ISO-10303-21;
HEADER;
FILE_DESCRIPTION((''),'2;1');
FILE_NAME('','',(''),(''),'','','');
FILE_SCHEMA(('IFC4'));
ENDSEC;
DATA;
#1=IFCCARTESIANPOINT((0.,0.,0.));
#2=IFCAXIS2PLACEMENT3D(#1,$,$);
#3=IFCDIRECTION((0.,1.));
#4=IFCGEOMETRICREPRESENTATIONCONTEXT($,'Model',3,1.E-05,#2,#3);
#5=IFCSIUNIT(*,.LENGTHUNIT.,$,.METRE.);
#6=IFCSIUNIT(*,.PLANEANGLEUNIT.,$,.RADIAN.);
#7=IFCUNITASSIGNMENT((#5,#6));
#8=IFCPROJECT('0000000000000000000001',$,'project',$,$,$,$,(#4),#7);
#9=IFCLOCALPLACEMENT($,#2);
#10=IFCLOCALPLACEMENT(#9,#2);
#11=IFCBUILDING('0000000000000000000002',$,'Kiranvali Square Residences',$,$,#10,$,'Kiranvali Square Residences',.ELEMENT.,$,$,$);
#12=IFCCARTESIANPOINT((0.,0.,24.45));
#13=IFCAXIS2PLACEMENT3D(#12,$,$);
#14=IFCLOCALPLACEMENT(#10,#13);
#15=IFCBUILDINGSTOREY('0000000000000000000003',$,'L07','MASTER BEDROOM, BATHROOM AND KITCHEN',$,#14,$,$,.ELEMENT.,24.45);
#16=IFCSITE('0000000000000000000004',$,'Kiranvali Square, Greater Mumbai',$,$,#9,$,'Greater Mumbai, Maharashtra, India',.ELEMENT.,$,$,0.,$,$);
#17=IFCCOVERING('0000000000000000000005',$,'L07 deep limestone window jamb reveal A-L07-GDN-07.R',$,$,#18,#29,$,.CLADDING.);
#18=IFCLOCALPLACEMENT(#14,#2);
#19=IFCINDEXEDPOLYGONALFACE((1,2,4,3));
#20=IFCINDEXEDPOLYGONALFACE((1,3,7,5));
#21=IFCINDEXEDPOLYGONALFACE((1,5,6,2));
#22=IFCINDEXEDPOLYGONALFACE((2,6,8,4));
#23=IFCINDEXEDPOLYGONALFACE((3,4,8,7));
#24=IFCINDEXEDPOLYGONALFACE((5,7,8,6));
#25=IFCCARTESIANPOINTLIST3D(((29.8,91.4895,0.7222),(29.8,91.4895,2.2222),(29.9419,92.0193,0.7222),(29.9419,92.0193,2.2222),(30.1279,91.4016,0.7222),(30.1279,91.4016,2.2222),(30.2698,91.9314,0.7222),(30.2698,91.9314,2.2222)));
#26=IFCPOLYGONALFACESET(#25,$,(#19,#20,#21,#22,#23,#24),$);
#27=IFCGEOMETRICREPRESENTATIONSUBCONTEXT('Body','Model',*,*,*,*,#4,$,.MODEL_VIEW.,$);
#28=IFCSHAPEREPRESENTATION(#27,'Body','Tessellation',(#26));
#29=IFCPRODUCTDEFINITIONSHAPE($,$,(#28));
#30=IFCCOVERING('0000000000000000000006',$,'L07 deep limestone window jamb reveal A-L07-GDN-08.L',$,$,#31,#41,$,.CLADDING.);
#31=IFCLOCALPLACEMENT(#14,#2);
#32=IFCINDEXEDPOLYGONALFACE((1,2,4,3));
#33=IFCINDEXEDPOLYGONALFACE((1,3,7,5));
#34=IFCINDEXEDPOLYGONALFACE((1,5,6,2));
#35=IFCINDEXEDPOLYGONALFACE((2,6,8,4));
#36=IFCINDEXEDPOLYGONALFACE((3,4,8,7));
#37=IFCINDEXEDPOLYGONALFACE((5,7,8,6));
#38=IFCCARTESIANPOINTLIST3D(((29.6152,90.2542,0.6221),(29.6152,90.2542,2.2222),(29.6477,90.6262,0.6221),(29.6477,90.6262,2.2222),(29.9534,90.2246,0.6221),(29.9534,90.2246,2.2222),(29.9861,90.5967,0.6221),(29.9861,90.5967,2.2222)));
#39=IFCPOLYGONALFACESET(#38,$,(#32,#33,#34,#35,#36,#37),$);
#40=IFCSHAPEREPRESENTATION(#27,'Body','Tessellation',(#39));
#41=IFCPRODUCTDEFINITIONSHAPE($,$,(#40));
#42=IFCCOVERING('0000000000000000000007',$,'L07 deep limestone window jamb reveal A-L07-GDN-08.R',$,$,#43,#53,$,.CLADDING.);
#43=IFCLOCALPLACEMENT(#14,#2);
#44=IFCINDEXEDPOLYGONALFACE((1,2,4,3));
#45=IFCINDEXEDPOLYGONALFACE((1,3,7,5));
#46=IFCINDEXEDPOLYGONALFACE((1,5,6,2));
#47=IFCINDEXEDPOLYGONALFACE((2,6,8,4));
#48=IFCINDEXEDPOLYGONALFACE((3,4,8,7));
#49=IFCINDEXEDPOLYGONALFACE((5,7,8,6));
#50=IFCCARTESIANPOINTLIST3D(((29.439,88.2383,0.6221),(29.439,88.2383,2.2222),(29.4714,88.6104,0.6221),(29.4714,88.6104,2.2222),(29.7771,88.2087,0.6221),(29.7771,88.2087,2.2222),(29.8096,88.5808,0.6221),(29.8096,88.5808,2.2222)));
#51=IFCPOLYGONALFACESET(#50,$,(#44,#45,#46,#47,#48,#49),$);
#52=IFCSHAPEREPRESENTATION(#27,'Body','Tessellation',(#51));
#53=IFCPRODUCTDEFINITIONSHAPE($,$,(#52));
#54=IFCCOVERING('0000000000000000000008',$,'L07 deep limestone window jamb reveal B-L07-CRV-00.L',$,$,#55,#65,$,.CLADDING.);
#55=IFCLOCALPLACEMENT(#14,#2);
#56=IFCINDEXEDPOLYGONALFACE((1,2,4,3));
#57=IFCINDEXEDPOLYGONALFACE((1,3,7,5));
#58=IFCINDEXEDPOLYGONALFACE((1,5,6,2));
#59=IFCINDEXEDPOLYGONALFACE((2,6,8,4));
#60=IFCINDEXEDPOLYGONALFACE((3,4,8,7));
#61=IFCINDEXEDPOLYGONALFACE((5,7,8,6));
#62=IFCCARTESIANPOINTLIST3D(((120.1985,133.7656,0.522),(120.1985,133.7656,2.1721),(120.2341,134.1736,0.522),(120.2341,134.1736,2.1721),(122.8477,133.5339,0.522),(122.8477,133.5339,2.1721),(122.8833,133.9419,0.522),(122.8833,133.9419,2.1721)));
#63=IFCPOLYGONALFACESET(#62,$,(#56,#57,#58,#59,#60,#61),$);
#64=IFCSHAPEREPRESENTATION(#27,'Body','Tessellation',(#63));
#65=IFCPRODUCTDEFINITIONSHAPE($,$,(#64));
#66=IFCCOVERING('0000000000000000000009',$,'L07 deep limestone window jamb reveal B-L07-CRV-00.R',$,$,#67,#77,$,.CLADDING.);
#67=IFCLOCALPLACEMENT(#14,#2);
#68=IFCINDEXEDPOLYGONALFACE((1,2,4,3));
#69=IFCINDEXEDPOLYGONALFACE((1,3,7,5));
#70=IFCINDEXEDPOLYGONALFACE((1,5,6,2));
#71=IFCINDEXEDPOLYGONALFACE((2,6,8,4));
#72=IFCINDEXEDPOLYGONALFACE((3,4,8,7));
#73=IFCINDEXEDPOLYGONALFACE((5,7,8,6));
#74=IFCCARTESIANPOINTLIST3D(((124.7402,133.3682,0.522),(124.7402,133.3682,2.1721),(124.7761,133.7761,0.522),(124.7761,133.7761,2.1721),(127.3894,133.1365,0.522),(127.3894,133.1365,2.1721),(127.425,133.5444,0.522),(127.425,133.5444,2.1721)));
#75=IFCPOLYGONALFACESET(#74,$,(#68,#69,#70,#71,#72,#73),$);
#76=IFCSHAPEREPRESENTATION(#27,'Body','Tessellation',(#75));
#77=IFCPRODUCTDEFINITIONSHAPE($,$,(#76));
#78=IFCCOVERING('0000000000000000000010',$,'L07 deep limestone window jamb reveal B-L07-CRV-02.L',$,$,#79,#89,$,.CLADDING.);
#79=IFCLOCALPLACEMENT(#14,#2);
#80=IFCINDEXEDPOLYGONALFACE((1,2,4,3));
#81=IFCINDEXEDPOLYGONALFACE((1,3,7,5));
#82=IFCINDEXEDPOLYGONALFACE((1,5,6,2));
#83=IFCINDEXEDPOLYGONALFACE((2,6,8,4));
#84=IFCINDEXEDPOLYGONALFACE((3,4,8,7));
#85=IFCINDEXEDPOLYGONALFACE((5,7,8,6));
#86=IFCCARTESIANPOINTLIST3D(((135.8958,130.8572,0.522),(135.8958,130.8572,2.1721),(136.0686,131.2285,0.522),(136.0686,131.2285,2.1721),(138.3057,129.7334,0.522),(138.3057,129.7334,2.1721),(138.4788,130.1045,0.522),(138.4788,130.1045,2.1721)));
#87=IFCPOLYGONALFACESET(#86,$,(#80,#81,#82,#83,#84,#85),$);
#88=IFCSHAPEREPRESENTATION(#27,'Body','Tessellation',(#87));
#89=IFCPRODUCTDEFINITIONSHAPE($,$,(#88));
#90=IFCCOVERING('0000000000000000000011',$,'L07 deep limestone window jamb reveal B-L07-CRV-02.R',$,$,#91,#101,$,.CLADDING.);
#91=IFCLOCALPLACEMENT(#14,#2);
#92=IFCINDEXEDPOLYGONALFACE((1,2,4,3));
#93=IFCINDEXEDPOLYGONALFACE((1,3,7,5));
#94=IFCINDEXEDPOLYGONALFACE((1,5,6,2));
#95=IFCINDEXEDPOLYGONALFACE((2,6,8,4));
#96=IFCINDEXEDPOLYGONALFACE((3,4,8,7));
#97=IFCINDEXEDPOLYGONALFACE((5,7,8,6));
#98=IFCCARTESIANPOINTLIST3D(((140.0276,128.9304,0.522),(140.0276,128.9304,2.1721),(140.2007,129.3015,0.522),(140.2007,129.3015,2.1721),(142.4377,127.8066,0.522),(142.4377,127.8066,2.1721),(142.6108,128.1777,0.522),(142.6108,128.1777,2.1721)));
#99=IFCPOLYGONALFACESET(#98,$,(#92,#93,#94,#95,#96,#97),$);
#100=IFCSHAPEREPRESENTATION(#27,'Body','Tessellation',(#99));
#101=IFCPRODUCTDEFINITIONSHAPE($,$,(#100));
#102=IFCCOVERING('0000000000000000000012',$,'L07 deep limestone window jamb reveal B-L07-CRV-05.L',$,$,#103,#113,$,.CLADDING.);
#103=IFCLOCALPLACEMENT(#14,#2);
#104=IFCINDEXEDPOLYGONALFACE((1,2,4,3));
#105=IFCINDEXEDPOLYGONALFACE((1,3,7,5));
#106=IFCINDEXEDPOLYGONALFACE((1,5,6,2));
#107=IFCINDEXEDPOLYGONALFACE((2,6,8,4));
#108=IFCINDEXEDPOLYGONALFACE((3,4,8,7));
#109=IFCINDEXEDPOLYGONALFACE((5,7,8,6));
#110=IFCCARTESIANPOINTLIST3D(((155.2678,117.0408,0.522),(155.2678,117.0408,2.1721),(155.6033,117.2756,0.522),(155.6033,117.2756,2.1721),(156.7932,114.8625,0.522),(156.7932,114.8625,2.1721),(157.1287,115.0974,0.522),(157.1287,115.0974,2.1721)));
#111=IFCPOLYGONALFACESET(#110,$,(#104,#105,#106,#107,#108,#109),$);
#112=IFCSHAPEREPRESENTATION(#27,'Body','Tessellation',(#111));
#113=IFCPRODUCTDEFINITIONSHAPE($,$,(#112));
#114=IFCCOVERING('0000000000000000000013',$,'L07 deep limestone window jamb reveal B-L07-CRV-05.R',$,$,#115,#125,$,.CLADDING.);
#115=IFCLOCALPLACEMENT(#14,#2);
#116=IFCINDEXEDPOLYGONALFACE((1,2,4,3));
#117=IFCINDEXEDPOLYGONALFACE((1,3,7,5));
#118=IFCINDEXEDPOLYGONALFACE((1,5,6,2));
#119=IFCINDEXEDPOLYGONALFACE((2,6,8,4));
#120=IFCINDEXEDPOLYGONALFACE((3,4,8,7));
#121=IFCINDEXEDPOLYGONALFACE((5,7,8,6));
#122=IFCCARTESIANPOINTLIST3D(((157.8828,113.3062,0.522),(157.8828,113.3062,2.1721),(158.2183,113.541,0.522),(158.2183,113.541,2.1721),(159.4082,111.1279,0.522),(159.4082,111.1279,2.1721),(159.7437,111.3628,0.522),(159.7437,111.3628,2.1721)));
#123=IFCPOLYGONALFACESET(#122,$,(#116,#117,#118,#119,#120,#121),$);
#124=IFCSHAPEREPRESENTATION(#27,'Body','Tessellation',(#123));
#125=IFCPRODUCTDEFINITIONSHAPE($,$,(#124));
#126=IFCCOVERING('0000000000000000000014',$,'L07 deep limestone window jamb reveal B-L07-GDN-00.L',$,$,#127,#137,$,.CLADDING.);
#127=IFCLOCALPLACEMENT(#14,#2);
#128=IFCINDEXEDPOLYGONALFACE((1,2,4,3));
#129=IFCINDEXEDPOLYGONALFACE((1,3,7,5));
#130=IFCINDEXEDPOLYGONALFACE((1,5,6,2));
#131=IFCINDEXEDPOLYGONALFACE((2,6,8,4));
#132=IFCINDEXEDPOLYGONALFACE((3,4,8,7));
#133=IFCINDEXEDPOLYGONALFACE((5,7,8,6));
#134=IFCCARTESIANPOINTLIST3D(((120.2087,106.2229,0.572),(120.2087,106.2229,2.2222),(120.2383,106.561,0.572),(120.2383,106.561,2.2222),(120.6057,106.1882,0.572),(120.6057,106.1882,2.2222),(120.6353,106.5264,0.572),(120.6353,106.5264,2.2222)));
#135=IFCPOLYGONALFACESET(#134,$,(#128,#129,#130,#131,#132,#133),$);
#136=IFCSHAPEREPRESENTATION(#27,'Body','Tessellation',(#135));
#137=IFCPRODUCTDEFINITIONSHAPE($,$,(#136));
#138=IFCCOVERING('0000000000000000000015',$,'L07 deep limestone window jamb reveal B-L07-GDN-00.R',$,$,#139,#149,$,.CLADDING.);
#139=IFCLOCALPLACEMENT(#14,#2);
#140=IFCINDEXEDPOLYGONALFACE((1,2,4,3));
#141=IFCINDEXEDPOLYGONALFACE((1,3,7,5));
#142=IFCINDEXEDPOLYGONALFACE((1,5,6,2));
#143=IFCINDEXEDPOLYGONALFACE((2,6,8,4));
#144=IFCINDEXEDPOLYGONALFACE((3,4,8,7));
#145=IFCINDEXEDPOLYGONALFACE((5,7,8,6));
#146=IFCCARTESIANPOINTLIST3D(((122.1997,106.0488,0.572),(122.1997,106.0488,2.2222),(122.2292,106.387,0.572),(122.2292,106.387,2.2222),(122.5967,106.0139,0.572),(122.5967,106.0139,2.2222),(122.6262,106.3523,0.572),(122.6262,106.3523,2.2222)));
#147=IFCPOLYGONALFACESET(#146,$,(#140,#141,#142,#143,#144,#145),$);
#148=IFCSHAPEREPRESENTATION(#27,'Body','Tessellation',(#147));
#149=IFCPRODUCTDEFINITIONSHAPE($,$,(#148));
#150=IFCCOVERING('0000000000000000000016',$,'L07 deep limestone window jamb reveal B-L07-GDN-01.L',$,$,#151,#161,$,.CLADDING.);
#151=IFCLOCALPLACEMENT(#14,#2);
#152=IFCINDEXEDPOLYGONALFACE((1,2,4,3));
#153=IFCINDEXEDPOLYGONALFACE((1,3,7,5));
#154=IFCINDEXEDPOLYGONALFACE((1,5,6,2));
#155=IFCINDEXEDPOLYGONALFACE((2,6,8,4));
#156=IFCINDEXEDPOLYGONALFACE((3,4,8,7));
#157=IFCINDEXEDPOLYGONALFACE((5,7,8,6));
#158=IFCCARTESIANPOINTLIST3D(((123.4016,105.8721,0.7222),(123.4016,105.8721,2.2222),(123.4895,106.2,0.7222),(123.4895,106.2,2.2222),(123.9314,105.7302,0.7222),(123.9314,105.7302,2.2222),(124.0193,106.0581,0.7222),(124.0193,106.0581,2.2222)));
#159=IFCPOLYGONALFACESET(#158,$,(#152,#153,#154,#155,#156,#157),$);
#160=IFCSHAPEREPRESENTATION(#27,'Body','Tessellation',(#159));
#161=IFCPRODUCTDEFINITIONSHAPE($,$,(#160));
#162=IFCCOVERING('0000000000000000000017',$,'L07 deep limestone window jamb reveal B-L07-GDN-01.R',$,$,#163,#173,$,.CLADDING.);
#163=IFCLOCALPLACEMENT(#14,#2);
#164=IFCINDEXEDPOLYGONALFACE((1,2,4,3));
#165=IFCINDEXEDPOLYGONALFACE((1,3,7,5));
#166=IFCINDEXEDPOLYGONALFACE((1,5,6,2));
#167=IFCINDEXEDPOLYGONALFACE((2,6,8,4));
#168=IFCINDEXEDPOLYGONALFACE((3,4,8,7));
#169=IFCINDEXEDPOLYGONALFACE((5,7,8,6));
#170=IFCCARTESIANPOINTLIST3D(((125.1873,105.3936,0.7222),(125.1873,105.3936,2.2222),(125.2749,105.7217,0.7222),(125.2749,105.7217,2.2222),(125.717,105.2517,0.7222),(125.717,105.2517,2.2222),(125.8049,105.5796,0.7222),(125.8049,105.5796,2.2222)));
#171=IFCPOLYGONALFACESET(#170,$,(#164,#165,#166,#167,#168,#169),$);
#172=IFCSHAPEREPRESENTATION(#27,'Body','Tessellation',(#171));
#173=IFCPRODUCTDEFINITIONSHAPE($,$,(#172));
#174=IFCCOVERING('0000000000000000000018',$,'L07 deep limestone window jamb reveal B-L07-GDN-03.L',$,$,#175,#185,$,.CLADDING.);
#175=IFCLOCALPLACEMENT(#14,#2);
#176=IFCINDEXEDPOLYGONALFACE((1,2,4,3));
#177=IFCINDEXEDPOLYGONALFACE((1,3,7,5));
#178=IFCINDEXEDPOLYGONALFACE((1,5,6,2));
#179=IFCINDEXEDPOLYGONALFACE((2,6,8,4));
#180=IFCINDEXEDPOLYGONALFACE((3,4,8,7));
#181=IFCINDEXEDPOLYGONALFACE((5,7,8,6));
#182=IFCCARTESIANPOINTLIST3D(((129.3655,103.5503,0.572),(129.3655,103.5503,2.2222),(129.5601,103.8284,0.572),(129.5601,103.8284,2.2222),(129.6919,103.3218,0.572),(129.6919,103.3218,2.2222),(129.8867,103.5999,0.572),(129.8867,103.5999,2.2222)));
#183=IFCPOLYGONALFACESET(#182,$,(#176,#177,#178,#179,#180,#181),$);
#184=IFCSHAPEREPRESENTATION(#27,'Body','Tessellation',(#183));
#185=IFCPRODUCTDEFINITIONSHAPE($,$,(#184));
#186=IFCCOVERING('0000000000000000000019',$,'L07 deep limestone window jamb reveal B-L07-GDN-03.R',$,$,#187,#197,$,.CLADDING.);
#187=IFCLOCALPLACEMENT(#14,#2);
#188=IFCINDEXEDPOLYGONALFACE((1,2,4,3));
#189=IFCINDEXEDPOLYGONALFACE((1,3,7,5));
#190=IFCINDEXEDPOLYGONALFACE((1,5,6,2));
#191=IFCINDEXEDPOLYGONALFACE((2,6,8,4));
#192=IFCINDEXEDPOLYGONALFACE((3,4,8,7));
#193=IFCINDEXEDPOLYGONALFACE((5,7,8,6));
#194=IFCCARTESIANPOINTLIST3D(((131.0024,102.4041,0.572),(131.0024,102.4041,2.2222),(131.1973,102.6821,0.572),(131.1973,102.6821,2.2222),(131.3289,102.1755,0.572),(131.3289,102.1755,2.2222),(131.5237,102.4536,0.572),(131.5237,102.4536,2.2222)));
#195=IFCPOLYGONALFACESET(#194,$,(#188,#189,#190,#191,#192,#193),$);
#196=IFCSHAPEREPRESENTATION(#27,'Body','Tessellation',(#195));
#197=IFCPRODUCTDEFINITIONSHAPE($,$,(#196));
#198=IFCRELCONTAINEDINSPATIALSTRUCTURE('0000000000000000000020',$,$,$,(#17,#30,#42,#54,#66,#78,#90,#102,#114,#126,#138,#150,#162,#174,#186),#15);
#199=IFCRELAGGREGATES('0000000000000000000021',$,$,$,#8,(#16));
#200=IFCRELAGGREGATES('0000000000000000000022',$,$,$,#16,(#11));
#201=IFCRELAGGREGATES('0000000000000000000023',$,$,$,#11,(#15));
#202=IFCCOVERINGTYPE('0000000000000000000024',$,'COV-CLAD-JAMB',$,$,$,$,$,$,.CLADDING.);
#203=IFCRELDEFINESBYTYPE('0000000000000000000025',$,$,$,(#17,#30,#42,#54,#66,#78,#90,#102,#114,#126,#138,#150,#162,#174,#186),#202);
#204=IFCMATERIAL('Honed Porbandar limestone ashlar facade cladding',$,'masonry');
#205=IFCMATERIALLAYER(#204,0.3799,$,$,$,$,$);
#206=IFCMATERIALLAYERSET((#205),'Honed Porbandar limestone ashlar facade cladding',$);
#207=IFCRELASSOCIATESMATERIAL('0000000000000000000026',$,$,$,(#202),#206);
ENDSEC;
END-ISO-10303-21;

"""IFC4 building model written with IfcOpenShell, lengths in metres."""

from ifc_helpers import new_model, si_unit, direction, frame, origin, place, context, subcontext, project, spatial, polyline, outline, extrude, material, layer, layer_set, type_object, element, save


model = new_model("IFC4")

# Units and contexts
model_context = context("Model", 3, precision=1e-05, world=origin(), true_north=direction((0.0, 1.0)))
body_context = subcontext(model_context, "Body", "Model", "MODEL_VIEW")
ifc_project = project(units=[si_unit("LENGTHUNIT", "METRE"), si_unit("PLANEANGLEUNIT", "RADIAN")], contexts=[model_context])

# Site, building, storey
site_placement = place(None, origin())
site = spatial("IfcSite", under=ifc_project, at=site_placement, Name="Kiranvali Square, Greater Mumbai", LongName="Greater Mumbai, Maharashtra, India", CompositionType="ELEMENT", RefElevation=0.0)
building_placement = place(site_placement, origin())
building = spatial("IfcBuilding", under=site, at=building_placement, Name="Kiranvali Square Residences", LongName="Kiranvali Square Residences", CompositionType="ELEMENT")
storey_placement = place(building_placement, frame((0.0, 0.0, 24.45)))
storey = spatial("IfcBuildingStorey", under=building, at=storey_placement, Name="L07", Description="MASTER BEDROOM, BATHROOM AND KITCHEN", CompositionType="ELEMENT", Elevation=24.45)

# Coverings
ifc_material = material(Name="Honed Porbandar limestone ashlar facade cladding", Category="masonry")
ifc_layer = layer(ifc_material, 0.3799)
ifc_layer_set = layer_set([ifc_layer], Name="Honed Porbandar limestone ashlar facade cladding")
covering_type = type_object("IfcCoveringType", Name="COV-CLAD-JAMB", PredefinedType="CLADDING", material=ifc_layer_set)
covering_1_placement = place(storey_placement, frame((0.0, 0.0, 0.7222)))
element("IfcCovering", 1, at=covering_1_placement, inside=storey, type_object=covering_type, Name="L07 deep limestone window jamb reveal A-L07-GDN-07.R", PredefinedType="CLADDING", context=body_context, shape_type="SweptSolid", body=[
    extrude(outline(polyline([(29.9419, 92.0193), (29.8, 91.4895), (30.1279, 91.4016), (30.2698, 91.9314), (29.9419, 92.0193)])), origin(), (0.0, 0.0, 1.0), 1.5),
])
covering_2_placement = place(storey_placement, frame((0.0, 0.0, 0.6221)))
element("IfcCovering", 2, at=covering_2_placement, inside=storey, type_object=covering_type, Name="L07 deep limestone window jamb reveal A-L07-GDN-08.L", PredefinedType="CLADDING", context=body_context, shape_type="SweptSolid", body=[
    extrude(outline(polyline([(29.6477, 90.6262), (29.6152, 90.2542), (29.9534, 90.2246), (29.9861, 90.5967), (29.6477, 90.6262)])), origin(), (0.0, 0.0, 1.0), 1.6001),
])
covering_3_placement = place(storey_placement, frame((0.0, 0.0, 0.6221)))
element("IfcCovering", 3, at=covering_3_placement, inside=storey, type_object=covering_type, Name="L07 deep limestone window jamb reveal A-L07-GDN-08.R", PredefinedType="CLADDING", context=body_context, shape_type="SweptSolid", body=[
    extrude(outline(polyline([(29.4714, 88.6104), (29.439, 88.2383), (29.7771, 88.2087), (29.8096, 88.5808), (29.4714, 88.6104)])), origin(), (0.0, 0.0, 1.0), 1.6001),
])
covering_4_placement = place(storey_placement, frame((0.0, 0.0, 0.522)))
element("IfcCovering", 4, at=covering_4_placement, inside=storey, type_object=covering_type, Name="L07 deep limestone window jamb reveal B-L07-CRV-00.L", PredefinedType="CLADDING", context=body_context, shape_type="SweptSolid", body=[
    extrude(outline(polyline([(120.1985, 133.7656), (122.8477, 133.5339), (122.8833, 133.9419), (120.2341, 134.1736), (120.1985, 133.7656)])), origin(), (0.0, 0.0, 1.0), 1.6501),
])
covering_5_placement = place(storey_placement, frame((0.0, 0.0, 0.522)))
element("IfcCovering", 5, at=covering_5_placement, inside=storey, type_object=covering_type, Name="L07 deep limestone window jamb reveal B-L07-CRV-00.R", PredefinedType="CLADDING", context=body_context, shape_type="SweptSolid", body=[
    extrude(outline(polyline([(124.7402, 133.3682), (127.3894, 133.1365), (127.425, 133.5444), (124.7761, 133.7761), (124.7402, 133.3682)])), origin(), (0.0, 0.0, 1.0), 1.6501),
])
covering_6_placement = place(storey_placement, frame((0.0, 0.0, 0.522)))
element("IfcCovering", 6, at=covering_6_placement, inside=storey, type_object=covering_type, Name="L07 deep limestone window jamb reveal B-L07-CRV-02.L", PredefinedType="CLADDING", context=body_context, shape_type="SweptSolid", body=[
    extrude(outline(polyline([(135.8958, 130.8572), (138.3057, 129.7334), (138.4788, 130.1045), (136.0686, 131.2285), (135.8958, 130.8572)])), origin(), (0.0, 0.0, 1.0), 1.6501),
])
covering_7_placement = place(storey_placement, frame((0.0, 0.0, 0.522)))
element("IfcCovering", 7, at=covering_7_placement, inside=storey, type_object=covering_type, Name="L07 deep limestone window jamb reveal B-L07-CRV-02.R", PredefinedType="CLADDING", context=body_context, shape_type="SweptSolid", body=[
    extrude(outline(polyline([(140.0276, 128.9304), (142.4377, 127.8066), (142.6108, 128.1777), (140.2007, 129.3015), (140.0276, 128.9304)])), origin(), (0.0, 0.0, 1.0), 1.6501),
])
covering_8_placement = place(storey_placement, frame((0.0, 0.0, 0.522)))
element("IfcCovering", 8, at=covering_8_placement, inside=storey, type_object=covering_type, Name="L07 deep limestone window jamb reveal B-L07-CRV-05.L", PredefinedType="CLADDING", context=body_context, shape_type="SweptSolid", body=[
    extrude(outline(polyline([(155.2678, 117.0408), (156.7932, 114.8625), (157.1287, 115.0974), (155.6033, 117.2756), (155.2678, 117.0408)])), origin(), (0.0, 0.0, 1.0), 1.6501),
])
covering_9_placement = place(storey_placement, frame((0.0, 0.0, 0.522)))
element("IfcCovering", 9, at=covering_9_placement, inside=storey, type_object=covering_type, Name="L07 deep limestone window jamb reveal B-L07-CRV-05.R", PredefinedType="CLADDING", context=body_context, shape_type="SweptSolid", body=[
    extrude(outline(polyline([(157.8828, 113.3062), (159.4082, 111.1279), (159.7437, 111.3628), (158.2183, 113.541), (157.8828, 113.3062)])), origin(), (0.0, 0.0, 1.0), 1.6501),
])
covering_10_placement = place(storey_placement, frame((0.0, 0.0, 0.572)))
element("IfcCovering", 10, at=covering_10_placement, inside=storey, type_object=covering_type, Name="L07 deep limestone window jamb reveal B-L07-GDN-00.L", PredefinedType="CLADDING", context=body_context, shape_type="SweptSolid", body=[
    extrude(outline(polyline([(120.2087, 106.2229), (120.6057, 106.1882), (120.6353, 106.5264), (120.2383, 106.561), (120.2087, 106.2229)])), origin(), (0.0, 0.0, 1.0), 1.6501),
])
covering_11_placement = place(storey_placement, frame((0.0, 0.0, 0.572)))
element("IfcCovering", 11, at=covering_11_placement, inside=storey, type_object=covering_type, Name="L07 deep limestone window jamb reveal B-L07-GDN-00.R", PredefinedType="CLADDING", context=body_context, shape_type="SweptSolid", body=[
    extrude(outline(polyline([(122.1997, 106.0488), (122.5967, 106.0139), (122.6262, 106.3523), (122.2292, 106.387), (122.1997, 106.0488)])), origin(), (0.0, 0.0, 1.0), 1.6501),
])
covering_12_placement = place(storey_placement, frame((0.0, 0.0, 0.7222)))
element("IfcCovering", 12, at=covering_12_placement, inside=storey, type_object=covering_type, Name="L07 deep limestone window jamb reveal B-L07-GDN-01.L", PredefinedType="CLADDING", context=body_context, shape_type="SweptSolid", body=[
    extrude(outline(polyline([(123.4016, 105.8721), (123.9314, 105.7302), (124.0193, 106.0581), (123.4895, 106.2), (123.4016, 105.8721)])), origin(), (0.0, 0.0, 1.0), 1.5),
])
covering_13_placement = place(storey_placement, frame((0.0, 0.0, 0.7222)))
element("IfcCovering", 13, at=covering_13_placement, inside=storey, type_object=covering_type, Name="L07 deep limestone window jamb reveal B-L07-GDN-01.R", PredefinedType="CLADDING", context=body_context, shape_type="SweptSolid", body=[
    extrude(outline(polyline([(125.1873, 105.3936), (125.717, 105.2517), (125.8049, 105.5796), (125.2749, 105.7217), (125.1873, 105.3936)])), origin(), (0.0, 0.0, 1.0), 1.5),
])
covering_14_placement = place(storey_placement, frame((0.0, 0.0, 0.572)))
element("IfcCovering", 14, at=covering_14_placement, inside=storey, type_object=covering_type, Name="L07 deep limestone window jamb reveal B-L07-GDN-03.L", PredefinedType="CLADDING", context=body_context, shape_type="SweptSolid", body=[
    extrude(outline(polyline([(129.3655, 103.5503), (129.6919, 103.3218), (129.8867, 103.5999), (129.5601, 103.8284), (129.3655, 103.5503)])), origin(), (0.0, 0.0, 1.0), 1.6501),
])
covering_15_placement = place(storey_placement, frame((0.0, 0.0, 0.572)))
element("IfcCovering", 15, at=covering_15_placement, inside=storey, type_object=covering_type, Name="L07 deep limestone window jamb reveal B-L07-GDN-03.R", PredefinedType="CLADDING", context=body_context, shape_type="SweptSolid", body=[
    extrude(outline(polyline([(131.0024, 102.4041), (131.3289, 102.1755), (131.5237, 102.4536), (131.1973, 102.6821), (131.0024, 102.4041)])), origin(), (0.0, 0.0, 1.0), 1.6501),
])

save(model, "model.ifc")
